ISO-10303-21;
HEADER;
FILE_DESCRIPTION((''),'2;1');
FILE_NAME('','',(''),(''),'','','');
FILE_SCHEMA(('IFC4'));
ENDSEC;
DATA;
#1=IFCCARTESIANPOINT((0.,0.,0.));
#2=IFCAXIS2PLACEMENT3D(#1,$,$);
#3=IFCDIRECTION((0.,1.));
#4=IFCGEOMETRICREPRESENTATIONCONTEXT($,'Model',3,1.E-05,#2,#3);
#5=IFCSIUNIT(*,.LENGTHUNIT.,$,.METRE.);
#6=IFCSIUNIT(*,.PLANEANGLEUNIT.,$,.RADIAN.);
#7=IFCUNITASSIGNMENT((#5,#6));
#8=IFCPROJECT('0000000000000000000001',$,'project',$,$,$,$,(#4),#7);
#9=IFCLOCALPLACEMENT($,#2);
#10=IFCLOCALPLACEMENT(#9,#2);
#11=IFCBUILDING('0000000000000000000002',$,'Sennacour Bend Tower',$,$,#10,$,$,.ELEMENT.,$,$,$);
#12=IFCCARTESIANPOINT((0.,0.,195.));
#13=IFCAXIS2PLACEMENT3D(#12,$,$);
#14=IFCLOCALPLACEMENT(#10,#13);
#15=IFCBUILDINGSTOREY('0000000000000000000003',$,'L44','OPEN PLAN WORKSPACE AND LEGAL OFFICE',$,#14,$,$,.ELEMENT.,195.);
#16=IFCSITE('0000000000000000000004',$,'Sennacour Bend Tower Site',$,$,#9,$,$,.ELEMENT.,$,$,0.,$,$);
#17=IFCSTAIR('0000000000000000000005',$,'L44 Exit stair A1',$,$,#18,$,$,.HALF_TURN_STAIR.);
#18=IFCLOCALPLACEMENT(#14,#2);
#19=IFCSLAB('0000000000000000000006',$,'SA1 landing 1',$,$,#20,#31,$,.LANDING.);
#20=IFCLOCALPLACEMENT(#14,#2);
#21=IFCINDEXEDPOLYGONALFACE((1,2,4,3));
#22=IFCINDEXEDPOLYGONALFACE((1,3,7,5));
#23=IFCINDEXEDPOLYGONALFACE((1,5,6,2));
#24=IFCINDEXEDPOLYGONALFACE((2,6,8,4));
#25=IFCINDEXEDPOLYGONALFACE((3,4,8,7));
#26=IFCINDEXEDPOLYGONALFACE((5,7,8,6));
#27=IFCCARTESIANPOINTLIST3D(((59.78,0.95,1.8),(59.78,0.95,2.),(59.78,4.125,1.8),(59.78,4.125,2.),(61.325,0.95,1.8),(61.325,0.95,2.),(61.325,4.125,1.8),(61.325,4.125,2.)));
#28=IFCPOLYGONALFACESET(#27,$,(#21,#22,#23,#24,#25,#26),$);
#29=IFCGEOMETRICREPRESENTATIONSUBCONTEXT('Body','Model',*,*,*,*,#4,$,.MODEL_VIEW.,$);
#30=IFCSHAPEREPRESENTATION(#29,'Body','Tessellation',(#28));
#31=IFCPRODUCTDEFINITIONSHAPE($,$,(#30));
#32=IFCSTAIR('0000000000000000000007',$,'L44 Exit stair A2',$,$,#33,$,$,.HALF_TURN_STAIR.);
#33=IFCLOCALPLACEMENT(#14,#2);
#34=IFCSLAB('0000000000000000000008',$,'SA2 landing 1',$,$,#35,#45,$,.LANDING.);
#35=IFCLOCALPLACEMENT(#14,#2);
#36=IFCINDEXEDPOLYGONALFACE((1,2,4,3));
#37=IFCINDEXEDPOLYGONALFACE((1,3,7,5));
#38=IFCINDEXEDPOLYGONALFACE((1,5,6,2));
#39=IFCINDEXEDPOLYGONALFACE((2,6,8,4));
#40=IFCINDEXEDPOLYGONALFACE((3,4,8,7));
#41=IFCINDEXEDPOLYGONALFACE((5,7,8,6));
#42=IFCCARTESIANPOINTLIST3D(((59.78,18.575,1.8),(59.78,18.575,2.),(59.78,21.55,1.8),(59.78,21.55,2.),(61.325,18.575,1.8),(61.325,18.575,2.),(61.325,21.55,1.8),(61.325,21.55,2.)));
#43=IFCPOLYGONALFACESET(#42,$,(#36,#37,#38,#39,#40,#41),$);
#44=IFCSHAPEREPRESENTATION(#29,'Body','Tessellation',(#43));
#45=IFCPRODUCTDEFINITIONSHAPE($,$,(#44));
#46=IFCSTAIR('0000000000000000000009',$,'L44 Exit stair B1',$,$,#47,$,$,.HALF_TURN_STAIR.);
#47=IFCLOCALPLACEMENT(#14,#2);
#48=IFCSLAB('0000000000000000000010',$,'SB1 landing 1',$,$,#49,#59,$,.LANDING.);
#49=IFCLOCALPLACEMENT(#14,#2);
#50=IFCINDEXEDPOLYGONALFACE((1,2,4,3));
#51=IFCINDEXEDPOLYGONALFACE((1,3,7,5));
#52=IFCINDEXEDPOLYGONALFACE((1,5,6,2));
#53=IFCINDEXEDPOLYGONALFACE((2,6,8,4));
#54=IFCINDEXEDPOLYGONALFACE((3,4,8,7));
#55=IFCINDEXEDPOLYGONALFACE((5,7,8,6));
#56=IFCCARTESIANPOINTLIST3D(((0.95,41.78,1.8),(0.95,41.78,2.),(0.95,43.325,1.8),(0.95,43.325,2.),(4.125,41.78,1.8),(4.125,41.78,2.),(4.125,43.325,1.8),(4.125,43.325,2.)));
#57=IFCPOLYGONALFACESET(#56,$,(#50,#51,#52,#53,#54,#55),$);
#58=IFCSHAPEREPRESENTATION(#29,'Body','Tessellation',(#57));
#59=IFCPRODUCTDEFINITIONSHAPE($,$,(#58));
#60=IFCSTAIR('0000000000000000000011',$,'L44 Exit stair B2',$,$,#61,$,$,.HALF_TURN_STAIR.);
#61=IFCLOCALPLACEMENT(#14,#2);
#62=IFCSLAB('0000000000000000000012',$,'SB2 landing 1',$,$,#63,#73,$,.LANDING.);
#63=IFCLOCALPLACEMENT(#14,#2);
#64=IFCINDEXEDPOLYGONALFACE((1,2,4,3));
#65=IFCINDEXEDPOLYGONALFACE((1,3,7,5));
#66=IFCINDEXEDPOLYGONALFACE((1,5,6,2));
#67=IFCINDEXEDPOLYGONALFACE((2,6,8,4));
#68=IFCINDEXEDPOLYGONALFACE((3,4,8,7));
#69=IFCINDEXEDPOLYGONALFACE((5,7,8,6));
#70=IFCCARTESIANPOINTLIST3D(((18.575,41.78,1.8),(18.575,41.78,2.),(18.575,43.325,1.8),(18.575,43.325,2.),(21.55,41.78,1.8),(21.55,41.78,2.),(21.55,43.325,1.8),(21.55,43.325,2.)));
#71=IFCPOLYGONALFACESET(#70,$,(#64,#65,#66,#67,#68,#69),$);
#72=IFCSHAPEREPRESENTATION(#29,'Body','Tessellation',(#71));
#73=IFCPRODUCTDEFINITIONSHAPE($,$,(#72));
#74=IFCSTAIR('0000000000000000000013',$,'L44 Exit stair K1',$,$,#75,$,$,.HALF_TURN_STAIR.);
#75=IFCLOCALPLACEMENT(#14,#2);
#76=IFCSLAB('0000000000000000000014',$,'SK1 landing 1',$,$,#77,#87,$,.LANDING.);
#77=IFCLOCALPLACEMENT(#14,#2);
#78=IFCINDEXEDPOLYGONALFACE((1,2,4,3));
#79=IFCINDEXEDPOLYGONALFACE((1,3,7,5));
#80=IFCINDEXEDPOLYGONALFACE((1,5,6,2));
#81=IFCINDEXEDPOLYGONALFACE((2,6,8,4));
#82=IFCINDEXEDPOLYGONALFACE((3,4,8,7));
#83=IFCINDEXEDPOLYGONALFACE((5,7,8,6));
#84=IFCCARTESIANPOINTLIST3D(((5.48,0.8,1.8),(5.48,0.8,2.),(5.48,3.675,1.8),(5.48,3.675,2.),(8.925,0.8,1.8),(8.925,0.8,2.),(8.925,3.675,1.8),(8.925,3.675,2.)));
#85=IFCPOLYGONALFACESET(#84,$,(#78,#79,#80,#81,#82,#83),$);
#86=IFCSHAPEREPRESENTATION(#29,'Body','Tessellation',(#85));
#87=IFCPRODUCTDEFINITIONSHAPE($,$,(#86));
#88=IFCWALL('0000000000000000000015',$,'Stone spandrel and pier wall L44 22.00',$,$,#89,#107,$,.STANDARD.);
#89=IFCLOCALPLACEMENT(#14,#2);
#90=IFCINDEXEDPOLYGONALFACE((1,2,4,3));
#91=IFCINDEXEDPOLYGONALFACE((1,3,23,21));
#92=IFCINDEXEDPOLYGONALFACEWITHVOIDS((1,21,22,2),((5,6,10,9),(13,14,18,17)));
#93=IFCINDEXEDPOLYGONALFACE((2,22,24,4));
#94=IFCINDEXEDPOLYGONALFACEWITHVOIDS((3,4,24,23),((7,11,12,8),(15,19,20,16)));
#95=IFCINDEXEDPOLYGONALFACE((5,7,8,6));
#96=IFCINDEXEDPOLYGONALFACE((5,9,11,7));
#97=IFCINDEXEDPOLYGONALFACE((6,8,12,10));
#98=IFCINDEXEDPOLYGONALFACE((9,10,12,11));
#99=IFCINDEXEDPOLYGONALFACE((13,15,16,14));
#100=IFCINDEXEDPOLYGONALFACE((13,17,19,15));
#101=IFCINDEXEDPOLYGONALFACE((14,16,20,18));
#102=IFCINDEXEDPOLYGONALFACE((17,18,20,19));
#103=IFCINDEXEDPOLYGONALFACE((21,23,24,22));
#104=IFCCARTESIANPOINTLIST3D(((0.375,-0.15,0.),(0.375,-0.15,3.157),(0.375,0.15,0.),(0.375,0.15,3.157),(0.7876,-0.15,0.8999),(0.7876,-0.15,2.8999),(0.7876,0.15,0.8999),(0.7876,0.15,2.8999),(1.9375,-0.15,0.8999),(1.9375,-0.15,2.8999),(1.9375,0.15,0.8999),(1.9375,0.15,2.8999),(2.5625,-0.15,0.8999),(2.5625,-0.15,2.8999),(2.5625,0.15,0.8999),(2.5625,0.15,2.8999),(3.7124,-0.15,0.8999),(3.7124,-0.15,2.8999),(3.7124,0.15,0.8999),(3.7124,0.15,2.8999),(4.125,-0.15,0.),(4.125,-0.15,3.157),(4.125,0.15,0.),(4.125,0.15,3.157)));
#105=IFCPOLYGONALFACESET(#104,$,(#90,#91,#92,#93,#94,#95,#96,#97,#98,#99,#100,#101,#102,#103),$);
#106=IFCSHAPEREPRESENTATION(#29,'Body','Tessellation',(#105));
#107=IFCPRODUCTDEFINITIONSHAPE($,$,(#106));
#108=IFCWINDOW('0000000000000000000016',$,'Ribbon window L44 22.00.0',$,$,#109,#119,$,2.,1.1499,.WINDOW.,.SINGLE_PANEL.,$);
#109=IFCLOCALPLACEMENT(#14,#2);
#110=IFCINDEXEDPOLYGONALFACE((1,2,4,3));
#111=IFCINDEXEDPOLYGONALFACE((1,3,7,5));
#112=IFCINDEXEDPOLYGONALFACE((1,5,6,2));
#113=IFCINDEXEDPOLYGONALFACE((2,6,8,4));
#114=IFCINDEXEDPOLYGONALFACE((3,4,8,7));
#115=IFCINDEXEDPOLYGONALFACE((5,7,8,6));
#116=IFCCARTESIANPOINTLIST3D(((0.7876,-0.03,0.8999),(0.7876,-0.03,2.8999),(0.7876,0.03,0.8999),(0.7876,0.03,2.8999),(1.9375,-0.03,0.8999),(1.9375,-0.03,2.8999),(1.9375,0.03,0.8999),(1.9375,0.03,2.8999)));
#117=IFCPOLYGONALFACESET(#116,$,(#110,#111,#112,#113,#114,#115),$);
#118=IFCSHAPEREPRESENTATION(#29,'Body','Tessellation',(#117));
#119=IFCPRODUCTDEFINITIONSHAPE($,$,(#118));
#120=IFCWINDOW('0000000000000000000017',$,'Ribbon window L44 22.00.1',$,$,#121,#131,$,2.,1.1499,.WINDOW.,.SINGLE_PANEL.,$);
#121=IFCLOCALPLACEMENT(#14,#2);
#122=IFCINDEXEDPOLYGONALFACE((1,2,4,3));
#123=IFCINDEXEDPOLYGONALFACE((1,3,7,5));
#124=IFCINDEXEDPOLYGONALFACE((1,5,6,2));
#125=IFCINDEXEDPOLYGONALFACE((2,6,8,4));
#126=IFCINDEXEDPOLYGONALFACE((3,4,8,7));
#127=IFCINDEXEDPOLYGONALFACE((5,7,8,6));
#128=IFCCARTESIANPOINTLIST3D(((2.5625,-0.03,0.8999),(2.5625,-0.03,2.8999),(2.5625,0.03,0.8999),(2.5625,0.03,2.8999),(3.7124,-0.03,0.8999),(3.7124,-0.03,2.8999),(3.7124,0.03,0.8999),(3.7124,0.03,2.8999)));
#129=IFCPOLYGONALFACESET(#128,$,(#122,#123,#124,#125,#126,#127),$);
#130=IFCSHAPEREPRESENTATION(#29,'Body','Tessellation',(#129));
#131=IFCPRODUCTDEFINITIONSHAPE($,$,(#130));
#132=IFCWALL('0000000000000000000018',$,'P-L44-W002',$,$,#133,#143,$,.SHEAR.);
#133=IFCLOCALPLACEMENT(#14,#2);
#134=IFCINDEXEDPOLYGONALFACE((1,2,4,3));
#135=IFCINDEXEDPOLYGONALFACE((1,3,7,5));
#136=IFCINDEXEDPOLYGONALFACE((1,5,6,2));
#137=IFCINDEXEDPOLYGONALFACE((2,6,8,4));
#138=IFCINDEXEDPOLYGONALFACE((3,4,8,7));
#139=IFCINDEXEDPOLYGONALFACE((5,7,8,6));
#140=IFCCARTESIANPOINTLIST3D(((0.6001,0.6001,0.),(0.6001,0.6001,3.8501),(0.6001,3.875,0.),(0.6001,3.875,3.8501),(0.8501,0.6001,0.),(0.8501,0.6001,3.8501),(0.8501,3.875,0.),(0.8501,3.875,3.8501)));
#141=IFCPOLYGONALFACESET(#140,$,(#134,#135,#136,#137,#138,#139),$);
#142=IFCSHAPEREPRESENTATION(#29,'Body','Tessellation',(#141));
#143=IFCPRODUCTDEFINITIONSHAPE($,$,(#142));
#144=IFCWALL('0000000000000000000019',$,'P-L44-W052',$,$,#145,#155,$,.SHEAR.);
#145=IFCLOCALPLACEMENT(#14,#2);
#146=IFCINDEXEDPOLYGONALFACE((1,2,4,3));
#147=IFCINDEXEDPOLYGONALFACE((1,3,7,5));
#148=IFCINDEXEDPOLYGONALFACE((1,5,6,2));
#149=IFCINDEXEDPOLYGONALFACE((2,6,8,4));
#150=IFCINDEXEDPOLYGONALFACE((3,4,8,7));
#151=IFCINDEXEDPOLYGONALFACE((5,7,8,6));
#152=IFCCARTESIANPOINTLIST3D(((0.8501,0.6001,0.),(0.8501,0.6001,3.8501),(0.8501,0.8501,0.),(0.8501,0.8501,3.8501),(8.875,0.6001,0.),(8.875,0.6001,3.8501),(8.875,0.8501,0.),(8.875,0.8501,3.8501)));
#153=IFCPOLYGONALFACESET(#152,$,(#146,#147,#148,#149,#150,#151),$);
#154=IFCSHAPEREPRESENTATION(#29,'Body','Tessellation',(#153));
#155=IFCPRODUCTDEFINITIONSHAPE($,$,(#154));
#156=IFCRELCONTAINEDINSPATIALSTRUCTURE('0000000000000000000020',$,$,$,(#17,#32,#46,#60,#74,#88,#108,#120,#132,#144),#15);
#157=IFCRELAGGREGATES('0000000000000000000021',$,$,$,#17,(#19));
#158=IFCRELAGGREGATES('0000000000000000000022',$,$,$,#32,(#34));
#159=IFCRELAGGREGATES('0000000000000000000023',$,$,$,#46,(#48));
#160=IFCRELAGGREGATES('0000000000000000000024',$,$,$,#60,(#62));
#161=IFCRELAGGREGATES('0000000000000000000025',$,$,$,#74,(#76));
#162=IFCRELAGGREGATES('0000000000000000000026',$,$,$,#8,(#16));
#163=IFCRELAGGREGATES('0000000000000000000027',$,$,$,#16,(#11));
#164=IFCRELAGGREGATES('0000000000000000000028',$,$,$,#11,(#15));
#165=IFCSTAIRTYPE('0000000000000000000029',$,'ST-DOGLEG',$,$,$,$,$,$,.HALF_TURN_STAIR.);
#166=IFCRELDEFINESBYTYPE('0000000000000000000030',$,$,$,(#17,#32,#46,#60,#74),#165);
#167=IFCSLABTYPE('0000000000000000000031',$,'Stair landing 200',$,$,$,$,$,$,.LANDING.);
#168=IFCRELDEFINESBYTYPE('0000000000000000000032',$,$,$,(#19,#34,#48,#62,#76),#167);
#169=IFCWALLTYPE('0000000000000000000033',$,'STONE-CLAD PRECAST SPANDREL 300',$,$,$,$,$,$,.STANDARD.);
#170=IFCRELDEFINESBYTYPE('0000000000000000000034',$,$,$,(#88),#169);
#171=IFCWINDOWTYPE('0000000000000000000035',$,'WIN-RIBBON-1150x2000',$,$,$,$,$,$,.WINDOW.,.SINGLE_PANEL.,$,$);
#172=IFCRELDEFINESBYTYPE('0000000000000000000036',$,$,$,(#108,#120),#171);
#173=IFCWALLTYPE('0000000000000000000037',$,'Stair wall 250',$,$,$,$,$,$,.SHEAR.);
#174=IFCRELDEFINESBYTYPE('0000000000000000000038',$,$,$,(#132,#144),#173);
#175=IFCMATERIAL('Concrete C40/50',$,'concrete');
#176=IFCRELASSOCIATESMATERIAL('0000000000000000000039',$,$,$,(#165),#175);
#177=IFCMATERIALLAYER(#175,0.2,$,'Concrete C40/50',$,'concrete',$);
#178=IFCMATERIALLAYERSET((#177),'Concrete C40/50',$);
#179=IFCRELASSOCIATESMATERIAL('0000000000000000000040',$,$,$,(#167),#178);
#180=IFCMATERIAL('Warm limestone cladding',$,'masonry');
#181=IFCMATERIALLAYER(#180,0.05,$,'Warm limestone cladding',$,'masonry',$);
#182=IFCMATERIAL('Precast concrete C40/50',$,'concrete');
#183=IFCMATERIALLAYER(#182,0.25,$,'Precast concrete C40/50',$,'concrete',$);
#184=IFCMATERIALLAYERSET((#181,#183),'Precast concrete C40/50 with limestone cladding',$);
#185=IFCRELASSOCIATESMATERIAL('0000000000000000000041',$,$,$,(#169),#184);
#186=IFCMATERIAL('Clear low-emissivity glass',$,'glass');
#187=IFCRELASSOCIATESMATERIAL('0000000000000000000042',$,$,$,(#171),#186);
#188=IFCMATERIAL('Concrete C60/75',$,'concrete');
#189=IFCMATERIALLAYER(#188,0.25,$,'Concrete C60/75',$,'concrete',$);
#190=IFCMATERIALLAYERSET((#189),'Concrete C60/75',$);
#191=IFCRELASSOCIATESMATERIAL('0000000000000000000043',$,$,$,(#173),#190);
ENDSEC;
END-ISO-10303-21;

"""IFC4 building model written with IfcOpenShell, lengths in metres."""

from ifc_helpers import new_model, si_unit, direction, frame, frame_2d, origin, place, context, subcontext, project, spatial, polyline, rectangle, outline, extrude, material, layer, layer_set, type_object, element, fill, aggregate, save


model = new_model("IFC4")

# Units and contexts
model_context = context("Model", 3, precision=1e-05, world=origin(), true_north=direction((0.0, 1.0)))
body_context = subcontext(model_context, "Body", "Model", "MODEL_VIEW")
ifc_project = project(units=[si_unit("LENGTHUNIT", "METRE"), si_unit("PLANEANGLEUNIT", "RADIAN")], contexts=[model_context])

# Site, building, storey
site_placement = place(None, origin())
site = spatial("IfcSite", under=ifc_project, at=site_placement, Name="Sennacour Bend Tower Site", CompositionType="ELEMENT", RefElevation=0.0)
building_placement = place(site_placement, origin())
building = spatial("IfcBuilding", under=site, at=building_placement, Name="Sennacour Bend Tower", CompositionType="ELEMENT")
storey_placement = place(building_placement, frame((0.0, 0.0, 195.0)))
storey = spatial("IfcBuildingStorey", under=building, at=storey_placement, Name="L44", Description="OPEN PLAN WORKSPACE AND LEGAL OFFICE", CompositionType="ELEMENT", Elevation=195.0)

# Shared definitions
ifc_material_1 = material(Name="Concrete C40/50", Category="concrete")

# Stairs, slabs
stair_type = type_object("IfcStairType", Name="ST-DOGLEG", PredefinedType="HALF_TURN_STAIR", material=ifc_material_1)
stair_1_placement = place(storey_placement, origin())
stair_1 = element("IfcStair", 1, at=stair_1_placement, inside=storey, type_object=stair_type, Name="L44 Exit stair A1", PredefinedType="HALF_TURN_STAIR")
ifc_layer_1 = layer(ifc_material_1, 0.2, Name="Concrete C40/50", Category="concrete")
ifc_layer_set_1 = layer_set([ifc_layer_1], Name="Concrete C40/50")
slab_type_1 = type_object("IfcSlabType", Name="Stair landing 200", PredefinedType="LANDING", material=ifc_layer_set_1)
slab_1_placement = place(storey_placement, frame((0.0, 0.0, 1.8)))
slab_1 = element("IfcSlab", 2, at=slab_1_placement, type_object=slab_type_1, Name="SA1 landing 1", PredefinedType="LANDING", context=body_context, shape_type="SweptSolid", body=[
    extrude(outline(polyline([(59.78, 0.95), (61.325, 0.95), (61.325, 4.125), (59.78, 4.125), (59.78, 0.95)])), origin(), (0.0, 0.0, 1.0), 0.2),
])
aggregate(stair_1, [slab_1])
stair_2_placement = place(storey_placement, origin())
stair_2 = element("IfcStair", 3, at=stair_2_placement, inside=storey, type_object=stair_type, Name="L44 Exit stair A2", PredefinedType="HALF_TURN_STAIR")
slab_2_placement = place(storey_placement, frame((0.0, 0.0, 1.8)))
slab_2 = element("IfcSlab", 4, at=slab_2_placement, type_object=slab_type_1, Name="SA2 landing 1", PredefinedType="LANDING", context=body_context, shape_type="SweptSolid", body=[
    extrude(outline(polyline([(59.78, 18.575), (61.325, 18.575), (61.325, 21.55), (59.78, 21.55), (59.78, 18.575)])), origin(), (0.0, 0.0, 1.0), 0.2),
])
aggregate(stair_2, [slab_2])
stair_3_placement = place(storey_placement, origin())
stair_3 = element("IfcStair", 5, at=stair_3_placement, inside=storey, type_object=stair_type, Name="L44 Exit stair B1", PredefinedType="HALF_TURN_STAIR")
slab_3_placement = place(storey_placement, frame((0.0, 0.0, 1.8)))
slab_3 = element("IfcSlab", 6, at=slab_3_placement, type_object=slab_type_1, Name="SB1 landing 1", PredefinedType="LANDING", context=body_context, shape_type="SweptSolid", body=[
    extrude(outline(polyline([(0.95, 41.78), (4.125, 41.78), (4.125, 43.325), (0.95, 43.325), (0.95, 41.78)])), origin(), (0.0, 0.0, 1.0), 0.2),
])
aggregate(stair_3, [slab_3])
stair_4_placement = place(storey_placement, origin())
stair_4 = element("IfcStair", 7, at=stair_4_placement, inside=storey, type_object=stair_type, Name="L44 Exit stair B2", PredefinedType="HALF_TURN_STAIR")
slab_4_placement = place(storey_placement, frame((0.0, 0.0, 1.8)))
slab_4 = element("IfcSlab", 8, at=slab_4_placement, type_object=slab_type_1, Name="SB2 landing 1", PredefinedType="LANDING", context=body_context, shape_type="SweptSolid", body=[
    extrude(outline(polyline([(18.575, 41.78), (21.55, 41.78), (21.55, 43.325), (18.575, 43.325), (18.575, 41.78)])), origin(), (0.0, 0.0, 1.0), 0.2),
])
aggregate(stair_4, [slab_4])
stair_5_placement = place(storey_placement, origin())
stair_5 = element("IfcStair", 9, at=stair_5_placement, inside=storey, type_object=stair_type, Name="L44 Exit stair K1", PredefinedType="HALF_TURN_STAIR")
slab_5_placement = place(storey_placement, frame((0.0, 0.0, 1.8)))
slab_5 = element("IfcSlab", 10, at=slab_5_placement, type_object=slab_type_1, Name="SK1 landing 1", PredefinedType="LANDING", context=body_context, shape_type="SweptSolid", body=[
    extrude(outline(polyline([(5.48, 0.8), (8.925, 0.8), (8.925, 3.675), (5.48, 3.675), (5.48, 0.8)])), origin(), (0.0, 0.0, 1.0), 0.2),
])
aggregate(stair_5, [slab_5])

# Wall, openings, windows
ifc_material_2 = material(Name="Warm limestone cladding", Category="masonry")
ifc_layer_2 = layer(ifc_material_2, 0.05, Name="Warm limestone cladding", Category="masonry")
ifc_material_3 = material(Name="Precast concrete C40/50", Category="concrete")
ifc_layer_3 = layer(ifc_material_3, 0.25, Name="Precast concrete C40/50", Category="concrete")
ifc_layer_set_2 = layer_set([ifc_layer_2, ifc_layer_3], Name="Precast concrete C40/50 with limestone cladding")
wall_type_1 = type_object("IfcWallType", Name="STONE-CLAD PRECAST SPANDREL 300", PredefinedType="STANDARD", material=ifc_layer_set_2)
wall_1_placement = place(storey_placement, frame((0.375, 0.0, 0.0), z_axis=(0.0, 0.0, 1.0), x_axis=(1.0, 0.0, 0.0)))
wall_1 = element("IfcWall", 11, at=wall_1_placement, inside=storey, type_object=wall_type_1, Name="Stone spandrel and pier wall L44 22.00", PredefinedType="STANDARD", context=body_context, shape_type="SweptSolid", body=[
    extrude(rectangle(XDim=3.75, YDim=0.3, at=frame_2d((1.875, 0.0))), origin(), (0.0, 0.0, 1.0), 3.157),
])
opening_1_placement = place(wall_1_placement, frame((0.4126, 0.0, 0.8999)))
opening_1 = element("IfcOpeningElement", 12, at=opening_1_placement, cuts=wall_1, PredefinedType="OPENING", context=body_context, shape_type="SweptSolid", body=[
    extrude(rectangle(XDim=1.1499, YDim=2.0, at=frame_2d((0.575, 1.0))), frame((0.0, 0.1602, 0.0), z_axis=(0.0, -1.0, 0.0), x_axis=(1.0, 0.0, 0.0)), (0.0, 0.0, 1.0), 0.3201),
])
opening_2_placement = place(wall_1_placement, frame((2.1875, 0.0, 0.8999)))
opening_2 = element("IfcOpeningElement", 13, at=opening_2_placement, cuts=wall_1, PredefinedType="OPENING", context=body_context, shape_type="SweptSolid", body=[
    extrude(rectangle(XDim=1.1499, YDim=2.0, at=frame_2d((0.575, 1.0))), frame((0.0, 0.1602, 0.0), z_axis=(0.0, -1.0, 0.0), x_axis=(1.0, 0.0, 0.0)), (0.0, 0.0, 1.0), 0.3201),
])
ifc_material_4 = material(Name="Clear low-emissivity glass", Category="glass")
window_type = type_object("IfcWindowType", Name="WIN-RIBBON-1150x2000", PartitioningType="SINGLE_PANEL", PredefinedType="WINDOW", material=ifc_material_4)
window_1_placement = place(opening_1_placement, origin())
window_1 = element("IfcWindow", 14, at=window_1_placement, inside=storey, type_object=window_type, Name="Ribbon window L44 22.00.0", OverallHeight=2.0, OverallWidth=1.1499, PartitioningType="SINGLE_PANEL", PredefinedType="WINDOW", context=body_context, shape_type="SweptSolid", body=[
    extrude(rectangle(XDim=1.1499, YDim=2.0, at=frame_2d((0.575, 1.0))), frame((0.0, 0.03, 0.0), z_axis=(0.0, -1.0, 0.0), x_axis=(1.0, 0.0, 0.0)), (0.0, 0.0, 1.0), 0.0601),
])
fill(opening_1, window_1)
window_2_placement = place(opening_2_placement, origin())
window_2 = element("IfcWindow", 15, at=window_2_placement, inside=storey, type_object=window_type, Name="Ribbon window L44 22.00.1", OverallHeight=2.0, OverallWidth=1.1499, PartitioningType="SINGLE_PANEL", PredefinedType="WINDOW", context=body_context, shape_type="SweptSolid", body=[
    extrude(rectangle(XDim=1.1499, YDim=2.0, at=frame_2d((0.575, 1.0))), frame((0.0, 0.03, 0.0), z_axis=(0.0, -1.0, 0.0), x_axis=(1.0, 0.0, 0.0)), (0.0, 0.0, 1.0), 0.0601),
])
fill(opening_2, window_2)

# Walls
ifc_material_5 = material(Name="Concrete C60/75", Category="concrete")
ifc_layer_4 = layer(ifc_material_5, 0.25, Name="Concrete C60/75", Category="concrete")
ifc_layer_set_3 = layer_set([ifc_layer_4], Name="Concrete C60/75")
wall_type_2 = type_object("IfcWallType", Name="Stair wall 250", PredefinedType="SHEAR", material=ifc_layer_set_3)
wall_2_placement = place(storey_placement, frame((0.7251, 0.6001, 0.0), z_axis=(0.0, 0.0, 1.0), x_axis=(0.0, 1.0, 0.0)))
element("IfcWall", 16, at=wall_2_placement, inside=storey, type_object=wall_type_2, Name="P-L44-W002", PredefinedType="SHEAR", context=body_context, shape_type="SweptSolid", body=[
    extrude(rectangle(XDim=3.2749, YDim=0.25, at=frame_2d((1.6375, 0.0))), origin(), (0.0, 0.0, 1.0), 3.8501),
])
wall_3_placement = place(storey_placement, frame((0.8501, 0.7251, 0.0), z_axis=(0.0, 0.0, 1.0), x_axis=(1.0, 0.0, 0.0)))
element("IfcWall", 17, at=wall_3_placement, inside=storey, type_object=wall_type_2, Name="P-L44-W052", PredefinedType="SHEAR", context=body_context, shape_type="SweptSolid", body=[
    extrude(rectangle(XDim=8.0249, YDim=0.25, at=frame_2d((4.0125, 0.0))), origin(), (0.0, 0.0, 1.0), 3.8501),
])

save(model, "model.ifc")
